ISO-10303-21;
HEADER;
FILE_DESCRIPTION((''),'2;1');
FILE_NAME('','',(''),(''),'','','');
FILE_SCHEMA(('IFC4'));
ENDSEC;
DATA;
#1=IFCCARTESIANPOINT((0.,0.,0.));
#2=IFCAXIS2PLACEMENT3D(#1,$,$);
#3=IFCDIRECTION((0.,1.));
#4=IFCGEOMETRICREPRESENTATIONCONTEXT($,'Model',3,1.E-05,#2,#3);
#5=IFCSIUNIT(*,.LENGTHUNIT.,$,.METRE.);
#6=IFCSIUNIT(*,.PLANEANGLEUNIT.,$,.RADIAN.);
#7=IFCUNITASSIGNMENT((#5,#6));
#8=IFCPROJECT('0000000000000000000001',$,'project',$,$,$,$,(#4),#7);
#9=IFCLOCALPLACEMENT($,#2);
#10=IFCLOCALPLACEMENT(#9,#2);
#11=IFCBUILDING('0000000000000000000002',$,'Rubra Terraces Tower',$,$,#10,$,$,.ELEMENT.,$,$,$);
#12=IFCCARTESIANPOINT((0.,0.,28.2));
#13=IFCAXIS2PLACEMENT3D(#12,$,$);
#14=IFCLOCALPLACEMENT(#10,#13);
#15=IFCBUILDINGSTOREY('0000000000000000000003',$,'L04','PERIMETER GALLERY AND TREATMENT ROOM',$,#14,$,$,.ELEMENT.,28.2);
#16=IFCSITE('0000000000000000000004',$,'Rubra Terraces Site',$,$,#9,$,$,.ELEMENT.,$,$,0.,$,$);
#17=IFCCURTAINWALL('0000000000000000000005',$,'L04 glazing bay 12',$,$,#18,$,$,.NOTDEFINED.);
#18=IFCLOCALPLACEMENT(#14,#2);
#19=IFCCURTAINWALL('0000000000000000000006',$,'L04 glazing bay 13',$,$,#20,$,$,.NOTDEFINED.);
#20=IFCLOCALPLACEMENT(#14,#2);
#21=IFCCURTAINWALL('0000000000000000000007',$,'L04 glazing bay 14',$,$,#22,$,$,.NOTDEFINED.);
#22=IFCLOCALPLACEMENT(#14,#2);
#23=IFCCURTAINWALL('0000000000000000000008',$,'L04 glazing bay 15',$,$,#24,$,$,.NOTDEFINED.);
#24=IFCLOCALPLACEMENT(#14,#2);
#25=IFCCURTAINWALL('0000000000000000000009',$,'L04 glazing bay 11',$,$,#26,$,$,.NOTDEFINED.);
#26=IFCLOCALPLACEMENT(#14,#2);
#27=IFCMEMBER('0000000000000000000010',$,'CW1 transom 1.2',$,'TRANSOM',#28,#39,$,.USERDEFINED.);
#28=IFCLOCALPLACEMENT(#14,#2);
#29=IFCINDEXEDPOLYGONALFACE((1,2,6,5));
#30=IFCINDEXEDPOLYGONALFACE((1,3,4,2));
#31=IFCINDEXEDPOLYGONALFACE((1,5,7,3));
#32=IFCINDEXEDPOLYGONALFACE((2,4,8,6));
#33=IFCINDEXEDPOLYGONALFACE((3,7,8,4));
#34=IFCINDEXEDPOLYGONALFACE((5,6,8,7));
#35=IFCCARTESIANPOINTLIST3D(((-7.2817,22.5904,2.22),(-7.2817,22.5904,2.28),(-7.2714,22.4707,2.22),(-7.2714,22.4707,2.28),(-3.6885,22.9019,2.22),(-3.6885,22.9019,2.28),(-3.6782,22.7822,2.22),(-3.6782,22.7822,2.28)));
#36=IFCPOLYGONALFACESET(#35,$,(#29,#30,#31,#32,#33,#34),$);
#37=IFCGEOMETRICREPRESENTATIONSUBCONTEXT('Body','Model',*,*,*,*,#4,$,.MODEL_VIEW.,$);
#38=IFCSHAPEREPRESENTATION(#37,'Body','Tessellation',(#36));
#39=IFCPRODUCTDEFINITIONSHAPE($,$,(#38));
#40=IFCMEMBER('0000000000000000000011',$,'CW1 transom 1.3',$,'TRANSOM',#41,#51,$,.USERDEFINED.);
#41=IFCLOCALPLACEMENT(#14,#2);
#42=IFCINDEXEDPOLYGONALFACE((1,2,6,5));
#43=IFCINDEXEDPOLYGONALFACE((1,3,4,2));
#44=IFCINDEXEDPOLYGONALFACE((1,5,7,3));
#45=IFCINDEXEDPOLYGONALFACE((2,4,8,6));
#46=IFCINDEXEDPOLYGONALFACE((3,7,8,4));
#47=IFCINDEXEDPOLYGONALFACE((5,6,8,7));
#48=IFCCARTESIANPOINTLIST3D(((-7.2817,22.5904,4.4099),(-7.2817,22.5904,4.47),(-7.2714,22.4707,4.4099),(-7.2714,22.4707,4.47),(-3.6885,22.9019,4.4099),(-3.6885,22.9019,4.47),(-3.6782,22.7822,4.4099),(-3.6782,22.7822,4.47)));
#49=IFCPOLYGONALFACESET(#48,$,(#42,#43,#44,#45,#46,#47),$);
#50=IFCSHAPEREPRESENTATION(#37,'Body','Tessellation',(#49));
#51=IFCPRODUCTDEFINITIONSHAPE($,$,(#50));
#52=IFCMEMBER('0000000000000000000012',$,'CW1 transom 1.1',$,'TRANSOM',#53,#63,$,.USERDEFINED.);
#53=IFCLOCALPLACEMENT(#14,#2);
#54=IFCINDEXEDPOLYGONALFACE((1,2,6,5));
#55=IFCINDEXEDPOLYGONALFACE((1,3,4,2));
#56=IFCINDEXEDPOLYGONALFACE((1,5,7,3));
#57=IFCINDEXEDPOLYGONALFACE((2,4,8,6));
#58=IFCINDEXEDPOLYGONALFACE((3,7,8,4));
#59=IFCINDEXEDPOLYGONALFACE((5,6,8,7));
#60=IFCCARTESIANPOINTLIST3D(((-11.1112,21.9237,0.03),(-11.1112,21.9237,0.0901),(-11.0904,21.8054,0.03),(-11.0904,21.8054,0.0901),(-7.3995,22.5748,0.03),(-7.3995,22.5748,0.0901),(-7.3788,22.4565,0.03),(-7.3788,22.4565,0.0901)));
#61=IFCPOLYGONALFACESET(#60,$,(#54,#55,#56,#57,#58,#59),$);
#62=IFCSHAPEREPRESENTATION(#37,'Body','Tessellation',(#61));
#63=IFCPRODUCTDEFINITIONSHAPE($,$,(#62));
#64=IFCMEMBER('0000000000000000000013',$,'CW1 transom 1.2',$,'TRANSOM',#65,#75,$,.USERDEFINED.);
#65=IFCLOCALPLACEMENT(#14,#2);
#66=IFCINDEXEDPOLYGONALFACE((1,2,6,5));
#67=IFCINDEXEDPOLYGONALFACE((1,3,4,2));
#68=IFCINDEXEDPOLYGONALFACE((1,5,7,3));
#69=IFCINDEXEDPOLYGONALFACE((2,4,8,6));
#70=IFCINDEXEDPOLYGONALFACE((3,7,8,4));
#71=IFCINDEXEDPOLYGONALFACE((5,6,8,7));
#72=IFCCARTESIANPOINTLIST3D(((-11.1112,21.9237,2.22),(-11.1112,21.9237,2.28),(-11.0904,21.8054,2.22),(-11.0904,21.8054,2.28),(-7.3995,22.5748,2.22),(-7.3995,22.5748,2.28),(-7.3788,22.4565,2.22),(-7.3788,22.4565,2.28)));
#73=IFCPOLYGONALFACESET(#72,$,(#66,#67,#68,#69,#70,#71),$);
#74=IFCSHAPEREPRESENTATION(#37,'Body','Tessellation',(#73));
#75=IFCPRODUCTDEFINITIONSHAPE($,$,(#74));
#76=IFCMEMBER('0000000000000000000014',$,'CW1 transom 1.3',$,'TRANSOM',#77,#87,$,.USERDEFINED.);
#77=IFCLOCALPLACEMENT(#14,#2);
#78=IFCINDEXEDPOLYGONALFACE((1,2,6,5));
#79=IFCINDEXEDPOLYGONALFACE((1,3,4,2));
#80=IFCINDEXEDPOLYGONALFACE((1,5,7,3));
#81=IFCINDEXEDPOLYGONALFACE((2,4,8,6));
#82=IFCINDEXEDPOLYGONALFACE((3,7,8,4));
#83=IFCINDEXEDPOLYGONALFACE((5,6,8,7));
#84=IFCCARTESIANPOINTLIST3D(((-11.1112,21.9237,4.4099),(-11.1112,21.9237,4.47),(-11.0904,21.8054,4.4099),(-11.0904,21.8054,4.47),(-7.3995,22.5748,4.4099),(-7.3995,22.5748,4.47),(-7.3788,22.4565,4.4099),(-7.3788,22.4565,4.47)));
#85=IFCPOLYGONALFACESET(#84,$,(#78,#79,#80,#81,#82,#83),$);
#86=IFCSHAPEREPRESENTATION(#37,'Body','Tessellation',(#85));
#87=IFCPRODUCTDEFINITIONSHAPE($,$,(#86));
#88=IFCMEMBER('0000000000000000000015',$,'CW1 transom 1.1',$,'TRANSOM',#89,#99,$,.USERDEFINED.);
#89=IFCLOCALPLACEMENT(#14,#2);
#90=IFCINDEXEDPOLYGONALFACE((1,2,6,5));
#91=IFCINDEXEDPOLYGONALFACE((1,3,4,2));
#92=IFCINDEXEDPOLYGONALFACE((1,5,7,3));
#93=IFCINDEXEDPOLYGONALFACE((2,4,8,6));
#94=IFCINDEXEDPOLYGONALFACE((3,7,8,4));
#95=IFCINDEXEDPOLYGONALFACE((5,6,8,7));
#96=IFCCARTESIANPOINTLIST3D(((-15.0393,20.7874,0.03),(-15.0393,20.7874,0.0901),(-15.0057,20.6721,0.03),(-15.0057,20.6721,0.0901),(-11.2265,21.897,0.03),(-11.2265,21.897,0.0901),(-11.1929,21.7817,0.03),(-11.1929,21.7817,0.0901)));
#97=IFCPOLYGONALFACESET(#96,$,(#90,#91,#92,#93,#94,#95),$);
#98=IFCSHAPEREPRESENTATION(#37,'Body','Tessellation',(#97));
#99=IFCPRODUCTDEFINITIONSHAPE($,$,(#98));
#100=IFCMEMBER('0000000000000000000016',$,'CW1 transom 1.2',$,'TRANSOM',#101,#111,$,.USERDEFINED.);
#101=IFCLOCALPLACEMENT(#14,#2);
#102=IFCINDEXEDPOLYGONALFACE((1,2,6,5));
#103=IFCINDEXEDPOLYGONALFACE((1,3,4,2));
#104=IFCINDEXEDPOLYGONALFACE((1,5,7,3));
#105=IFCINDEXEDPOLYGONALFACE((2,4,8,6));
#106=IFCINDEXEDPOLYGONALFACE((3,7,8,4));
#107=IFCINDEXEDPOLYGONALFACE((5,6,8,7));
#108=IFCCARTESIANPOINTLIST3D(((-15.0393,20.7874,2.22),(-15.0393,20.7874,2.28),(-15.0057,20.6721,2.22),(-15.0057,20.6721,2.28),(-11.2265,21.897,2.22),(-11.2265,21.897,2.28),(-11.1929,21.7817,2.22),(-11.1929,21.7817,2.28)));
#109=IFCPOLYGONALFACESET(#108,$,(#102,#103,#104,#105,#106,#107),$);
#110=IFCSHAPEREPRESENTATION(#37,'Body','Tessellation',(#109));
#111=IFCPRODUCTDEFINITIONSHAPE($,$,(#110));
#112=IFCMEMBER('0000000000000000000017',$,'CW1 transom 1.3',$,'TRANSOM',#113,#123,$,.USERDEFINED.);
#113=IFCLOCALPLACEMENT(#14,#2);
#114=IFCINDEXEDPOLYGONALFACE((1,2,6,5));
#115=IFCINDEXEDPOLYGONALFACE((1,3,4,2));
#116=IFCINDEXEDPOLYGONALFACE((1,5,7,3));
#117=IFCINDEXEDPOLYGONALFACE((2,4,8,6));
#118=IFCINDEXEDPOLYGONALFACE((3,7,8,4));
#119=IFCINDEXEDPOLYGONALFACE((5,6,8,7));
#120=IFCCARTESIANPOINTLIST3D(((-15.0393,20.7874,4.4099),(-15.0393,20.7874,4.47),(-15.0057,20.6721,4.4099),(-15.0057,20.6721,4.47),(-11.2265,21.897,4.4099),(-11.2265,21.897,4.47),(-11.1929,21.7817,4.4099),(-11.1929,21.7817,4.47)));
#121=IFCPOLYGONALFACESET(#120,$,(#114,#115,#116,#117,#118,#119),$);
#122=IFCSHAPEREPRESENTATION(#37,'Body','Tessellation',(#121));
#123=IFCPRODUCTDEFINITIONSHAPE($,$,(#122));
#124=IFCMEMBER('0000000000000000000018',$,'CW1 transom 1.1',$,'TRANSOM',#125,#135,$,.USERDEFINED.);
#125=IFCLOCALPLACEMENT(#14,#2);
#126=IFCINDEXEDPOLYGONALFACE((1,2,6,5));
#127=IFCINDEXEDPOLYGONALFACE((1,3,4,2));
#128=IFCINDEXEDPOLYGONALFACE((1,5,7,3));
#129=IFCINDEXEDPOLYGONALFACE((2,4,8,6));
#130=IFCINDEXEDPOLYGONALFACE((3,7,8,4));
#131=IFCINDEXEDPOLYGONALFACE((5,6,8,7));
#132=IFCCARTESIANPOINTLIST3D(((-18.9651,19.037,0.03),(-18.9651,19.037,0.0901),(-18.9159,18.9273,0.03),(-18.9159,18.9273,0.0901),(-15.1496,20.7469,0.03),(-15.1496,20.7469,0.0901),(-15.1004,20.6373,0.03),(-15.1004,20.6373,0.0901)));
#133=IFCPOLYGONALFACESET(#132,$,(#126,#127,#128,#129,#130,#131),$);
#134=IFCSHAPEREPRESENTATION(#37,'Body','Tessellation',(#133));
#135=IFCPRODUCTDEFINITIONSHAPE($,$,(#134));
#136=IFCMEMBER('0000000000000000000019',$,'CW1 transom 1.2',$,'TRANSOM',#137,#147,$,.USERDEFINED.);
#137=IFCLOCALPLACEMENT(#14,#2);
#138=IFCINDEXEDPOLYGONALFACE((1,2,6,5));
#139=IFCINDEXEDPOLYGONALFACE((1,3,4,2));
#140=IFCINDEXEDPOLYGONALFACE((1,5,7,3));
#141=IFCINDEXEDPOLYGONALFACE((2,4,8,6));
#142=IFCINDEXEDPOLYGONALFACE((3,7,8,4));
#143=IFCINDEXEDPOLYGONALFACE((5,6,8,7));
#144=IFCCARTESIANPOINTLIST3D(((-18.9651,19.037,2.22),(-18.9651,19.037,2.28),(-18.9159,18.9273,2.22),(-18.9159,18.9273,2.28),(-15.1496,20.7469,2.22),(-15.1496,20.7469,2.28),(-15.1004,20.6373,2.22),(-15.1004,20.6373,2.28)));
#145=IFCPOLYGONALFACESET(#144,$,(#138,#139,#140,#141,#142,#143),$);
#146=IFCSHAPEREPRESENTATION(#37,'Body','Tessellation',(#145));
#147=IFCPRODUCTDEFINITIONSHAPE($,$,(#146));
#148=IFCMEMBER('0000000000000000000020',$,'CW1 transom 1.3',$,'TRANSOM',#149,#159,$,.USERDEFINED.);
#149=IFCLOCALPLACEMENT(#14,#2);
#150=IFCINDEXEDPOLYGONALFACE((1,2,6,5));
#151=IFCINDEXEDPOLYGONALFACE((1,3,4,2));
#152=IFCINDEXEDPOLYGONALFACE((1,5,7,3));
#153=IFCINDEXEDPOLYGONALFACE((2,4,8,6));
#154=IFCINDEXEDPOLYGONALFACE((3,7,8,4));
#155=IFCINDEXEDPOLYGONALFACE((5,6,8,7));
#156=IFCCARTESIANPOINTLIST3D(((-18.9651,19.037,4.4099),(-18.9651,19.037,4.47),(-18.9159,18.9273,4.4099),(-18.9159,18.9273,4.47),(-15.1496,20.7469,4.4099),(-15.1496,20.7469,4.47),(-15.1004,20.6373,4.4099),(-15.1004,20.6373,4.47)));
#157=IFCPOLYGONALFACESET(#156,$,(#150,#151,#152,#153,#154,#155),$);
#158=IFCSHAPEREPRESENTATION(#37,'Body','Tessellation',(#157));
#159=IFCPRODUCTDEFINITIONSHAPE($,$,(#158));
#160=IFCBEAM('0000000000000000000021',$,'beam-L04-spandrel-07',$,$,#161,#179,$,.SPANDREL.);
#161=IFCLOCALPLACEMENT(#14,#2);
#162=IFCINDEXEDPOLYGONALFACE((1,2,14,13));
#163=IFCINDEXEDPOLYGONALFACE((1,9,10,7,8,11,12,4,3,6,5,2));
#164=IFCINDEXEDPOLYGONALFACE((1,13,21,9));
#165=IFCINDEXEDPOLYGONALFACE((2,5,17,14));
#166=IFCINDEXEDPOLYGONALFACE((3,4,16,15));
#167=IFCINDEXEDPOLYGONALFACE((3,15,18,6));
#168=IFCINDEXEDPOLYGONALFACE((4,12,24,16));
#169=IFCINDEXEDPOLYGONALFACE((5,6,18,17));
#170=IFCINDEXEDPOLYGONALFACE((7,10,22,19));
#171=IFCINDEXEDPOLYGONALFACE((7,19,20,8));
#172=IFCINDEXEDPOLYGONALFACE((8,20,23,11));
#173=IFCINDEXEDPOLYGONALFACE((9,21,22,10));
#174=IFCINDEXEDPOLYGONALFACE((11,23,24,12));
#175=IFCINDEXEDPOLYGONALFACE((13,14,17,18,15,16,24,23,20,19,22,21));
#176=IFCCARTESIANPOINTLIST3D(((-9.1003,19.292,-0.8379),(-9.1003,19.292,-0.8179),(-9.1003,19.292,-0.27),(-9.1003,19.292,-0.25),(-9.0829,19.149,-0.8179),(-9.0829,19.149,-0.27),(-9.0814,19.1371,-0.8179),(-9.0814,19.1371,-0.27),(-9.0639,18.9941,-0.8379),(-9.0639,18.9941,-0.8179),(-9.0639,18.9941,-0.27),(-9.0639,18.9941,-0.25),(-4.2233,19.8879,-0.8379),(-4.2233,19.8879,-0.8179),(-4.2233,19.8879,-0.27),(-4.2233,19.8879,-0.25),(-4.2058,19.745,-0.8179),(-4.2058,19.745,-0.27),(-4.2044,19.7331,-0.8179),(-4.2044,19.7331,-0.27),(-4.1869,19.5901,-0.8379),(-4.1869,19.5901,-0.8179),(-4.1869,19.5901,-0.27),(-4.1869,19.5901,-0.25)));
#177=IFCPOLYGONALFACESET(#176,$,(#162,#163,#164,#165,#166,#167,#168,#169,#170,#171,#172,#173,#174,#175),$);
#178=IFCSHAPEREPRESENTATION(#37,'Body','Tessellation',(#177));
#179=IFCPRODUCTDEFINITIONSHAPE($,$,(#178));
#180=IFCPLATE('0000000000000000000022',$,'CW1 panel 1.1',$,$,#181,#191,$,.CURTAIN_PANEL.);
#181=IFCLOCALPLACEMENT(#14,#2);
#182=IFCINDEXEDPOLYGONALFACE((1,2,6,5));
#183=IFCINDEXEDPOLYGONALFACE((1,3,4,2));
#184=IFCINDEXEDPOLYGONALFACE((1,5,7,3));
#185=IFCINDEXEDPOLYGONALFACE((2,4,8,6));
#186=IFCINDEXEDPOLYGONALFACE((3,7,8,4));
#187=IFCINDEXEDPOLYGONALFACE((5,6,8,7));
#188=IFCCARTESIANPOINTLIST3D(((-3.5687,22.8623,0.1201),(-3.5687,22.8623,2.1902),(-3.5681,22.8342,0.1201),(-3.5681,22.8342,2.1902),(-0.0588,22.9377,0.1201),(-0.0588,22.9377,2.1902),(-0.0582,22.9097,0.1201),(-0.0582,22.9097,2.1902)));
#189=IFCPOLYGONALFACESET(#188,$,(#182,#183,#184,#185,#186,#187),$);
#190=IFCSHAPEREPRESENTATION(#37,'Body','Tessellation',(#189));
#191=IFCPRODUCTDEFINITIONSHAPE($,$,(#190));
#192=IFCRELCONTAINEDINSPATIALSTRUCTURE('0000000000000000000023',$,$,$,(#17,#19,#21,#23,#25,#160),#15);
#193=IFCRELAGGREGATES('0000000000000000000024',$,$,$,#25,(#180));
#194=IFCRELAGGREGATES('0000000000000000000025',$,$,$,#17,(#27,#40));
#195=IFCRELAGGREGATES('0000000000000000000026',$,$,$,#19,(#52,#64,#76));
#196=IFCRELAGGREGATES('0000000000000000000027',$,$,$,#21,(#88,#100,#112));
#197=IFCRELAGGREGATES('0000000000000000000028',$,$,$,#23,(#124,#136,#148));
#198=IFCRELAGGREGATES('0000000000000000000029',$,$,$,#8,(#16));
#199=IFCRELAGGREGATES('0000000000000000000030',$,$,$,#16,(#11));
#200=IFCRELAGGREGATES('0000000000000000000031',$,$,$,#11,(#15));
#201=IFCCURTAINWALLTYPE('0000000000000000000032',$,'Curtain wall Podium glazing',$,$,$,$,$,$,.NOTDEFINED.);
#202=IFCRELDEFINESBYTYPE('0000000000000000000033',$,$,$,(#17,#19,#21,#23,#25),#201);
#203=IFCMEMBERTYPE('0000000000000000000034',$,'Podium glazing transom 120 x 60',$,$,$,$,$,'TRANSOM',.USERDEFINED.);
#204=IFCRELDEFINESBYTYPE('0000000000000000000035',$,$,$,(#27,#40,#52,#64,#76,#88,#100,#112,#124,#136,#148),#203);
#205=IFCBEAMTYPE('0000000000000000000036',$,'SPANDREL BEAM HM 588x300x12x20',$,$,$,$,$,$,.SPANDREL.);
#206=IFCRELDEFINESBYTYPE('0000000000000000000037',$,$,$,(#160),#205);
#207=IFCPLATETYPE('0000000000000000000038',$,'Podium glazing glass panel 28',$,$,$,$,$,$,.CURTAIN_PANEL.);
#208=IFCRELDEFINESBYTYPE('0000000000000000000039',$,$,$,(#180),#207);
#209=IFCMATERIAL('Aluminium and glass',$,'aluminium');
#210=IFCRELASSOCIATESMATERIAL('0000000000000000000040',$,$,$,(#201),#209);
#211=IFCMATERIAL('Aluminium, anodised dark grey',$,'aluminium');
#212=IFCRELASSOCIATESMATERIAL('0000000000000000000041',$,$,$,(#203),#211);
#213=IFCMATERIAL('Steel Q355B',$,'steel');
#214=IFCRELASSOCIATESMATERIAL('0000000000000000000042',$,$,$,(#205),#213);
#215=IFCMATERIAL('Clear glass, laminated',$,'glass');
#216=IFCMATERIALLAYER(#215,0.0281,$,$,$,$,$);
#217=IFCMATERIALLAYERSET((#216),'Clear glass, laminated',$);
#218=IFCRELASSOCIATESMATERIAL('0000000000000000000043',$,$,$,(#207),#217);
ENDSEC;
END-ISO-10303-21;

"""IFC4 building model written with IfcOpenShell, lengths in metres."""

from ifc_helpers import new_model, si_unit, direction, frame, origin, origin_2d, place, context, subcontext, project, spatial, rectangle, i_section, extrude, material, layer, layer_set, material_profile, profile_set, type_object, element, aggregate, save


model = new_model("IFC4")

# Units and contexts
model_context = context("Model", 3, precision=1e-05, world=origin(), true_north=direction((0.0, 1.0)))
body_context = subcontext(model_context, "Body", "Model", "MODEL_VIEW")
ifc_project = project(units=[si_unit("LENGTHUNIT", "METRE"), si_unit("PLANEANGLEUNIT", "RADIAN")], contexts=[model_context])

# Site, building, storey
site_placement = place(None, origin())
site = spatial("IfcSite", under=ifc_project, at=site_placement, Name="Rubra Terraces Site", CompositionType="ELEMENT", RefElevation=0.0)
building_placement = place(site_placement, origin())
building = spatial("IfcBuilding", under=site, at=building_placement, Name="Rubra Terraces Tower", CompositionType="ELEMENT")
storey_placement = place(building_placement, frame((0.0, 0.0, 28.2)))
storey = spatial("IfcBuildingStorey", under=building, at=storey_placement, Name="L04", Description="PERIMETER GALLERY AND TREATMENT ROOM", CompositionType="ELEMENT", Elevation=28.2)

# Shared definitions
ifc_material_1 = material(Name="Steel Q355B", Category="steel")

# Curtain walls
ifc_material_2 = material(Name="Aluminium and glass", Category="aluminium")
curtain_wall_type = type_object("IfcCurtainWallType", Name="Curtain wall Podium glazing", PredefinedType="NOTDEFINED", material=ifc_material_2)
curtain_wall_1_placement = place(storey_placement, origin())
curtain_wall_1 = element("IfcCurtainWall", 1, at=curtain_wall_1_placement, inside=storey, type_object=curtain_wall_type, Name="L04 glazing bay 12", PredefinedType="NOTDEFINED")
ifc_material_3 = material(Name="Aluminium, anodised dark grey", Category="aluminium")
curtain_wall_2_placement = place(storey_placement, origin())
curtain_wall_2 = element("IfcCurtainWall", 2, at=curtain_wall_2_placement, inside=storey, type_object=curtain_wall_type, Name="L04 glazing bay 13", PredefinedType="NOTDEFINED")
curtain_wall_3_placement = place(storey_placement, origin())
curtain_wall_3 = element("IfcCurtainWall", 3, at=curtain_wall_3_placement, inside=storey, type_object=curtain_wall_type, Name="L04 glazing bay 14", PredefinedType="NOTDEFINED")
curtain_wall_4_placement = place(storey_placement, origin())
curtain_wall_4 = element("IfcCurtainWall", 4, at=curtain_wall_4_placement, inside=storey, type_object=curtain_wall_type, Name="L04 glazing bay 15", PredefinedType="NOTDEFINED")
curtain_wall_5_placement = place(storey_placement, origin())
curtain_wall_5 = element("IfcCurtainWall", 5, at=curtain_wall_5_placement, inside=storey, type_object=curtain_wall_type, Name="L04 glazing bay 11", PredefinedType="NOTDEFINED")
ifc_material_profile_1 = material_profile(ifc_material_3, rectangle(XDim=0.1201, YDim=0.0601, at=origin_2d()), Name="AL 120x60")
ifc_profile_set_1 = profile_set([ifc_material_profile_1], Name="Aluminium, anodised dark grey")
member_type_1 = type_object("IfcMemberType", Name="Podium glazing transom 120 x 60", ElementType="TRANSOM", PredefinedType="USERDEFINED", material=ifc_profile_set_1)

# Members
member_1_placement = place(storey_placement, frame((-3.6833, 22.842, 2.25), z_axis=(-0.996263, -0.086373, 0.0), x_axis=(0.086373, -0.996263, 0.0)))
member_1 = element("IfcMember", 6, at=member_1_placement, type_object=member_type_1, Name="CW1 transom 1.2", ObjectType="TRANSOM", PredefinedType="USERDEFINED", context=body_context, shape_type="SweptSolid", body=[
    extrude(rectangle(XDim=0.1201, YDim=0.0601, at=origin_2d()), origin(), (0.0, 0.0, 1.0), 3.6067),
])
member_2_placement = place(storey_placement, frame((-3.6833, 22.842, 4.4399), z_axis=(-0.996263, -0.086373, 0.0), x_axis=(0.086373, -0.996263, 0.0)))
member_2 = element("IfcMember", 7, at=member_2_placement, type_object=member_type_1, Name="CW1 transom 1.3", ObjectType="TRANSOM", PredefinedType="USERDEFINED", context=body_context, shape_type="SweptSolid", body=[
    extrude(rectangle(XDim=0.1201, YDim=0.0601, at=origin_2d()), origin(), (0.0, 0.0, 1.0), 3.6067),
])
member_3_placement = place(storey_placement, frame((-7.3892, 22.5156, 0.0601), z_axis=(-0.984959, -0.172787, 0.0), x_axis=(0.172787, -0.984959, 0.0)))
member_3 = element("IfcMember", 8, at=member_3_placement, type_object=member_type_1, Name="CW1 transom 1.1", ObjectType="TRANSOM", PredefinedType="USERDEFINED", context=body_context, shape_type="SweptSolid", body=[
    extrude(rectangle(XDim=0.1201, YDim=0.0601, at=origin_2d()), origin(), (0.0, 0.0, 1.0), 3.7683),
])
member_4_placement = place(storey_placement, frame((-7.3892, 22.5156, 2.25), z_axis=(-0.984959, -0.172787, 0.0), x_axis=(0.172787, -0.984959, 0.0)))
member_4 = element("IfcMember", 9, at=member_4_placement, type_object=member_type_1, Name="CW1 transom 1.2", ObjectType="TRANSOM", PredefinedType="USERDEFINED", context=body_context, shape_type="SweptSolid", body=[
    extrude(rectangle(XDim=0.1201, YDim=0.0601, at=origin_2d()), origin(), (0.0, 0.0, 1.0), 3.7683),
])
member_5_placement = place(storey_placement, frame((-7.3892, 22.5156, 4.4399), z_axis=(-0.984959, -0.172787, 0.0), x_axis=(0.172787, -0.984959, 0.0)))
member_5 = element("IfcMember", 10, at=member_5_placement, type_object=member_type_1, Name="CW1 transom 1.3", ObjectType="TRANSOM", PredefinedType="USERDEFINED", context=body_context, shape_type="SweptSolid", body=[
    extrude(rectangle(XDim=0.1201, YDim=0.0601, at=origin_2d()), origin(), (0.0, 0.0, 1.0), 3.7683),
])
member_6_placement = place(storey_placement, frame((-11.2097, 21.8394, 0.0601), z_axis=(-0.960164, -0.279436, 0.0), x_axis=(0.279436, -0.960164, 0.0)))
member_6 = element("IfcMember", 11, at=member_6_placement, type_object=member_type_1, Name="CW1 transom 1.1", ObjectType="TRANSOM", PredefinedType="USERDEFINED", context=body_context, shape_type="SweptSolid", body=[
    extrude(rectangle(XDim=0.1201, YDim=0.0601, at=origin_2d()), origin(), (0.0, 0.0, 1.0), 3.9709),
])
member_7_placement = place(storey_placement, frame((-11.2097, 21.8394, 2.25), z_axis=(-0.960164, -0.279436, 0.0), x_axis=(0.279436, -0.960164, 0.0)))
member_7 = element("IfcMember", 12, at=member_7_placement, type_object=member_type_1, Name="CW1 transom 1.2", ObjectType="TRANSOM", PredefinedType="USERDEFINED", context=body_context, shape_type="SweptSolid", body=[
    extrude(rectangle(XDim=0.1201, YDim=0.0601, at=origin_2d()), origin(), (0.0, 0.0, 1.0), 3.9709),
])
member_8_placement = place(storey_placement, frame((-11.2097, 21.8394, 4.4399), z_axis=(-0.960164, -0.279436, 0.0), x_axis=(0.279436, -0.960164, 0.0)))
member_8 = element("IfcMember", 13, at=member_8_placement, type_object=member_type_1, Name="CW1 transom 1.3", ObjectType="TRANSOM", PredefinedType="USERDEFINED", context=body_context, shape_type="SweptSolid", body=[
    extrude(rectangle(XDim=0.1201, YDim=0.0601, at=origin_2d()), origin(), (0.0, 0.0, 1.0), 3.9709),
])
member_9_placement = place(storey_placement, frame((-15.125, 20.6921, 0.0601), z_axis=(-0.912545, -0.408975, 0.0), x_axis=(0.408975, -0.912545, 0.0)))
member_9 = element("IfcMember", 14, at=member_9_placement, type_object=member_type_1, Name="CW1 transom 1.1", ObjectType="TRANSOM", PredefinedType="USERDEFINED", context=body_context, shape_type="SweptSolid", body=[
    extrude(rectangle(XDim=0.1201, YDim=0.0601, at=origin_2d()), origin(), (0.0, 0.0, 1.0), 4.1812),
])
member_10_placement = place(storey_placement, frame((-15.125, 20.6921, 2.25), z_axis=(-0.912545, -0.408975, 0.0), x_axis=(0.408975, -0.912545, 0.0)))
member_10 = element("IfcMember", 15, at=member_10_placement, type_object=member_type_1, Name="CW1 transom 1.2", ObjectType="TRANSOM", PredefinedType="USERDEFINED", context=body_context, shape_type="SweptSolid", body=[
    extrude(rectangle(XDim=0.1201, YDim=0.0601, at=origin_2d()), origin(), (0.0, 0.0, 1.0), 4.1812),
])
member_11_placement = place(storey_placement, frame((-15.125, 20.6921, 4.4399), z_axis=(-0.912545, -0.408975, 0.0), x_axis=(0.408975, -0.912545, 0.0)))
member_11 = element("IfcMember", 16, at=member_11_placement, type_object=member_type_1, Name="CW1 transom 1.3", ObjectType="TRANSOM", PredefinedType="USERDEFINED", context=body_context, shape_type="SweptSolid", body=[
    extrude(rectangle(XDim=0.1201, YDim=0.0601, at=origin_2d()), origin(), (0.0, 0.0, 1.0), 4.1812),
])

# Beam
ifc_material_profile_2 = material_profile(ifc_material_1, i_section(OverallWidth=0.3, OverallDepth=0.5879, WebThickness=0.012, FlangeThickness=0.02, at=origin_2d()), Name="HM 588x300x12x20")
ifc_profile_set_2 = profile_set([ifc_material_profile_2], Name="Steel Q355B")
beam_type_1 = type_object("IfcBeamType", Name="SPANDREL BEAM HM 588x300x12x20", PredefinedType="SPANDREL", material=ifc_profile_set_2)
beam_1_placement = place(storey_placement, frame((-4.2051, 19.739, -0.5439), z_axis=(-0.992617, -0.121294, 0.0), x_axis=(0.121294, -0.992617, 0.0)))
element("IfcBeam", 17, at=beam_1_placement, inside=storey, type_object=beam_type_1, Name="beam-L04-spandrel-07", PredefinedType="SPANDREL", context=body_context, shape_type="SweptSolid", body=[
    extrude(i_section(OverallWidth=0.3, OverallDepth=0.5879, WebThickness=0.012, FlangeThickness=0.02, at=origin_2d()), origin(), (0.0, 0.0, 1.0), 4.9133),
])

# Plate
ifc_material_4 = material(Name="Clear glass, laminated", Category="glass")
ifc_layer_1 = layer(ifc_material_4, 0.0281)
ifc_layer_set_1 = layer_set([ifc_layer_1], Name="Clear glass, laminated")
plate_type = type_object("IfcPlateType", Name="Podium glazing glass panel 28", PredefinedType="CURTAIN_PANEL", material=ifc_layer_set_1)
plate_1_placement = place(storey_placement, frame((-1.8135, 22.886, 0.1201), z_axis=(0.0, 0.0, 1.0), x_axis=(-0.999769, -0.021483, 0.0)))
plate_1 = element("IfcPlate", 18, at=plate_1_placement, type_object=plate_type, Name="CW1 panel 1.1", PredefinedType="CURTAIN_PANEL", context=body_context, shape_type="SweptSolid", body=[
    extrude(rectangle(XDim=3.5107, YDim=0.0281, at=origin_2d()), origin(), (0.0, 0.0, 1.0), 2.0701),
])
aggregate(curtain_wall_5, [plate_1])
aggregate(curtain_wall_1, [member_1, member_2])
aggregate(curtain_wall_2, [member_3, member_4, member_5])
aggregate(curtain_wall_3, [member_6, member_7, member_8])
aggregate(curtain_wall_4, [member_9, member_10, member_11])

save(model, "model.ifc")
